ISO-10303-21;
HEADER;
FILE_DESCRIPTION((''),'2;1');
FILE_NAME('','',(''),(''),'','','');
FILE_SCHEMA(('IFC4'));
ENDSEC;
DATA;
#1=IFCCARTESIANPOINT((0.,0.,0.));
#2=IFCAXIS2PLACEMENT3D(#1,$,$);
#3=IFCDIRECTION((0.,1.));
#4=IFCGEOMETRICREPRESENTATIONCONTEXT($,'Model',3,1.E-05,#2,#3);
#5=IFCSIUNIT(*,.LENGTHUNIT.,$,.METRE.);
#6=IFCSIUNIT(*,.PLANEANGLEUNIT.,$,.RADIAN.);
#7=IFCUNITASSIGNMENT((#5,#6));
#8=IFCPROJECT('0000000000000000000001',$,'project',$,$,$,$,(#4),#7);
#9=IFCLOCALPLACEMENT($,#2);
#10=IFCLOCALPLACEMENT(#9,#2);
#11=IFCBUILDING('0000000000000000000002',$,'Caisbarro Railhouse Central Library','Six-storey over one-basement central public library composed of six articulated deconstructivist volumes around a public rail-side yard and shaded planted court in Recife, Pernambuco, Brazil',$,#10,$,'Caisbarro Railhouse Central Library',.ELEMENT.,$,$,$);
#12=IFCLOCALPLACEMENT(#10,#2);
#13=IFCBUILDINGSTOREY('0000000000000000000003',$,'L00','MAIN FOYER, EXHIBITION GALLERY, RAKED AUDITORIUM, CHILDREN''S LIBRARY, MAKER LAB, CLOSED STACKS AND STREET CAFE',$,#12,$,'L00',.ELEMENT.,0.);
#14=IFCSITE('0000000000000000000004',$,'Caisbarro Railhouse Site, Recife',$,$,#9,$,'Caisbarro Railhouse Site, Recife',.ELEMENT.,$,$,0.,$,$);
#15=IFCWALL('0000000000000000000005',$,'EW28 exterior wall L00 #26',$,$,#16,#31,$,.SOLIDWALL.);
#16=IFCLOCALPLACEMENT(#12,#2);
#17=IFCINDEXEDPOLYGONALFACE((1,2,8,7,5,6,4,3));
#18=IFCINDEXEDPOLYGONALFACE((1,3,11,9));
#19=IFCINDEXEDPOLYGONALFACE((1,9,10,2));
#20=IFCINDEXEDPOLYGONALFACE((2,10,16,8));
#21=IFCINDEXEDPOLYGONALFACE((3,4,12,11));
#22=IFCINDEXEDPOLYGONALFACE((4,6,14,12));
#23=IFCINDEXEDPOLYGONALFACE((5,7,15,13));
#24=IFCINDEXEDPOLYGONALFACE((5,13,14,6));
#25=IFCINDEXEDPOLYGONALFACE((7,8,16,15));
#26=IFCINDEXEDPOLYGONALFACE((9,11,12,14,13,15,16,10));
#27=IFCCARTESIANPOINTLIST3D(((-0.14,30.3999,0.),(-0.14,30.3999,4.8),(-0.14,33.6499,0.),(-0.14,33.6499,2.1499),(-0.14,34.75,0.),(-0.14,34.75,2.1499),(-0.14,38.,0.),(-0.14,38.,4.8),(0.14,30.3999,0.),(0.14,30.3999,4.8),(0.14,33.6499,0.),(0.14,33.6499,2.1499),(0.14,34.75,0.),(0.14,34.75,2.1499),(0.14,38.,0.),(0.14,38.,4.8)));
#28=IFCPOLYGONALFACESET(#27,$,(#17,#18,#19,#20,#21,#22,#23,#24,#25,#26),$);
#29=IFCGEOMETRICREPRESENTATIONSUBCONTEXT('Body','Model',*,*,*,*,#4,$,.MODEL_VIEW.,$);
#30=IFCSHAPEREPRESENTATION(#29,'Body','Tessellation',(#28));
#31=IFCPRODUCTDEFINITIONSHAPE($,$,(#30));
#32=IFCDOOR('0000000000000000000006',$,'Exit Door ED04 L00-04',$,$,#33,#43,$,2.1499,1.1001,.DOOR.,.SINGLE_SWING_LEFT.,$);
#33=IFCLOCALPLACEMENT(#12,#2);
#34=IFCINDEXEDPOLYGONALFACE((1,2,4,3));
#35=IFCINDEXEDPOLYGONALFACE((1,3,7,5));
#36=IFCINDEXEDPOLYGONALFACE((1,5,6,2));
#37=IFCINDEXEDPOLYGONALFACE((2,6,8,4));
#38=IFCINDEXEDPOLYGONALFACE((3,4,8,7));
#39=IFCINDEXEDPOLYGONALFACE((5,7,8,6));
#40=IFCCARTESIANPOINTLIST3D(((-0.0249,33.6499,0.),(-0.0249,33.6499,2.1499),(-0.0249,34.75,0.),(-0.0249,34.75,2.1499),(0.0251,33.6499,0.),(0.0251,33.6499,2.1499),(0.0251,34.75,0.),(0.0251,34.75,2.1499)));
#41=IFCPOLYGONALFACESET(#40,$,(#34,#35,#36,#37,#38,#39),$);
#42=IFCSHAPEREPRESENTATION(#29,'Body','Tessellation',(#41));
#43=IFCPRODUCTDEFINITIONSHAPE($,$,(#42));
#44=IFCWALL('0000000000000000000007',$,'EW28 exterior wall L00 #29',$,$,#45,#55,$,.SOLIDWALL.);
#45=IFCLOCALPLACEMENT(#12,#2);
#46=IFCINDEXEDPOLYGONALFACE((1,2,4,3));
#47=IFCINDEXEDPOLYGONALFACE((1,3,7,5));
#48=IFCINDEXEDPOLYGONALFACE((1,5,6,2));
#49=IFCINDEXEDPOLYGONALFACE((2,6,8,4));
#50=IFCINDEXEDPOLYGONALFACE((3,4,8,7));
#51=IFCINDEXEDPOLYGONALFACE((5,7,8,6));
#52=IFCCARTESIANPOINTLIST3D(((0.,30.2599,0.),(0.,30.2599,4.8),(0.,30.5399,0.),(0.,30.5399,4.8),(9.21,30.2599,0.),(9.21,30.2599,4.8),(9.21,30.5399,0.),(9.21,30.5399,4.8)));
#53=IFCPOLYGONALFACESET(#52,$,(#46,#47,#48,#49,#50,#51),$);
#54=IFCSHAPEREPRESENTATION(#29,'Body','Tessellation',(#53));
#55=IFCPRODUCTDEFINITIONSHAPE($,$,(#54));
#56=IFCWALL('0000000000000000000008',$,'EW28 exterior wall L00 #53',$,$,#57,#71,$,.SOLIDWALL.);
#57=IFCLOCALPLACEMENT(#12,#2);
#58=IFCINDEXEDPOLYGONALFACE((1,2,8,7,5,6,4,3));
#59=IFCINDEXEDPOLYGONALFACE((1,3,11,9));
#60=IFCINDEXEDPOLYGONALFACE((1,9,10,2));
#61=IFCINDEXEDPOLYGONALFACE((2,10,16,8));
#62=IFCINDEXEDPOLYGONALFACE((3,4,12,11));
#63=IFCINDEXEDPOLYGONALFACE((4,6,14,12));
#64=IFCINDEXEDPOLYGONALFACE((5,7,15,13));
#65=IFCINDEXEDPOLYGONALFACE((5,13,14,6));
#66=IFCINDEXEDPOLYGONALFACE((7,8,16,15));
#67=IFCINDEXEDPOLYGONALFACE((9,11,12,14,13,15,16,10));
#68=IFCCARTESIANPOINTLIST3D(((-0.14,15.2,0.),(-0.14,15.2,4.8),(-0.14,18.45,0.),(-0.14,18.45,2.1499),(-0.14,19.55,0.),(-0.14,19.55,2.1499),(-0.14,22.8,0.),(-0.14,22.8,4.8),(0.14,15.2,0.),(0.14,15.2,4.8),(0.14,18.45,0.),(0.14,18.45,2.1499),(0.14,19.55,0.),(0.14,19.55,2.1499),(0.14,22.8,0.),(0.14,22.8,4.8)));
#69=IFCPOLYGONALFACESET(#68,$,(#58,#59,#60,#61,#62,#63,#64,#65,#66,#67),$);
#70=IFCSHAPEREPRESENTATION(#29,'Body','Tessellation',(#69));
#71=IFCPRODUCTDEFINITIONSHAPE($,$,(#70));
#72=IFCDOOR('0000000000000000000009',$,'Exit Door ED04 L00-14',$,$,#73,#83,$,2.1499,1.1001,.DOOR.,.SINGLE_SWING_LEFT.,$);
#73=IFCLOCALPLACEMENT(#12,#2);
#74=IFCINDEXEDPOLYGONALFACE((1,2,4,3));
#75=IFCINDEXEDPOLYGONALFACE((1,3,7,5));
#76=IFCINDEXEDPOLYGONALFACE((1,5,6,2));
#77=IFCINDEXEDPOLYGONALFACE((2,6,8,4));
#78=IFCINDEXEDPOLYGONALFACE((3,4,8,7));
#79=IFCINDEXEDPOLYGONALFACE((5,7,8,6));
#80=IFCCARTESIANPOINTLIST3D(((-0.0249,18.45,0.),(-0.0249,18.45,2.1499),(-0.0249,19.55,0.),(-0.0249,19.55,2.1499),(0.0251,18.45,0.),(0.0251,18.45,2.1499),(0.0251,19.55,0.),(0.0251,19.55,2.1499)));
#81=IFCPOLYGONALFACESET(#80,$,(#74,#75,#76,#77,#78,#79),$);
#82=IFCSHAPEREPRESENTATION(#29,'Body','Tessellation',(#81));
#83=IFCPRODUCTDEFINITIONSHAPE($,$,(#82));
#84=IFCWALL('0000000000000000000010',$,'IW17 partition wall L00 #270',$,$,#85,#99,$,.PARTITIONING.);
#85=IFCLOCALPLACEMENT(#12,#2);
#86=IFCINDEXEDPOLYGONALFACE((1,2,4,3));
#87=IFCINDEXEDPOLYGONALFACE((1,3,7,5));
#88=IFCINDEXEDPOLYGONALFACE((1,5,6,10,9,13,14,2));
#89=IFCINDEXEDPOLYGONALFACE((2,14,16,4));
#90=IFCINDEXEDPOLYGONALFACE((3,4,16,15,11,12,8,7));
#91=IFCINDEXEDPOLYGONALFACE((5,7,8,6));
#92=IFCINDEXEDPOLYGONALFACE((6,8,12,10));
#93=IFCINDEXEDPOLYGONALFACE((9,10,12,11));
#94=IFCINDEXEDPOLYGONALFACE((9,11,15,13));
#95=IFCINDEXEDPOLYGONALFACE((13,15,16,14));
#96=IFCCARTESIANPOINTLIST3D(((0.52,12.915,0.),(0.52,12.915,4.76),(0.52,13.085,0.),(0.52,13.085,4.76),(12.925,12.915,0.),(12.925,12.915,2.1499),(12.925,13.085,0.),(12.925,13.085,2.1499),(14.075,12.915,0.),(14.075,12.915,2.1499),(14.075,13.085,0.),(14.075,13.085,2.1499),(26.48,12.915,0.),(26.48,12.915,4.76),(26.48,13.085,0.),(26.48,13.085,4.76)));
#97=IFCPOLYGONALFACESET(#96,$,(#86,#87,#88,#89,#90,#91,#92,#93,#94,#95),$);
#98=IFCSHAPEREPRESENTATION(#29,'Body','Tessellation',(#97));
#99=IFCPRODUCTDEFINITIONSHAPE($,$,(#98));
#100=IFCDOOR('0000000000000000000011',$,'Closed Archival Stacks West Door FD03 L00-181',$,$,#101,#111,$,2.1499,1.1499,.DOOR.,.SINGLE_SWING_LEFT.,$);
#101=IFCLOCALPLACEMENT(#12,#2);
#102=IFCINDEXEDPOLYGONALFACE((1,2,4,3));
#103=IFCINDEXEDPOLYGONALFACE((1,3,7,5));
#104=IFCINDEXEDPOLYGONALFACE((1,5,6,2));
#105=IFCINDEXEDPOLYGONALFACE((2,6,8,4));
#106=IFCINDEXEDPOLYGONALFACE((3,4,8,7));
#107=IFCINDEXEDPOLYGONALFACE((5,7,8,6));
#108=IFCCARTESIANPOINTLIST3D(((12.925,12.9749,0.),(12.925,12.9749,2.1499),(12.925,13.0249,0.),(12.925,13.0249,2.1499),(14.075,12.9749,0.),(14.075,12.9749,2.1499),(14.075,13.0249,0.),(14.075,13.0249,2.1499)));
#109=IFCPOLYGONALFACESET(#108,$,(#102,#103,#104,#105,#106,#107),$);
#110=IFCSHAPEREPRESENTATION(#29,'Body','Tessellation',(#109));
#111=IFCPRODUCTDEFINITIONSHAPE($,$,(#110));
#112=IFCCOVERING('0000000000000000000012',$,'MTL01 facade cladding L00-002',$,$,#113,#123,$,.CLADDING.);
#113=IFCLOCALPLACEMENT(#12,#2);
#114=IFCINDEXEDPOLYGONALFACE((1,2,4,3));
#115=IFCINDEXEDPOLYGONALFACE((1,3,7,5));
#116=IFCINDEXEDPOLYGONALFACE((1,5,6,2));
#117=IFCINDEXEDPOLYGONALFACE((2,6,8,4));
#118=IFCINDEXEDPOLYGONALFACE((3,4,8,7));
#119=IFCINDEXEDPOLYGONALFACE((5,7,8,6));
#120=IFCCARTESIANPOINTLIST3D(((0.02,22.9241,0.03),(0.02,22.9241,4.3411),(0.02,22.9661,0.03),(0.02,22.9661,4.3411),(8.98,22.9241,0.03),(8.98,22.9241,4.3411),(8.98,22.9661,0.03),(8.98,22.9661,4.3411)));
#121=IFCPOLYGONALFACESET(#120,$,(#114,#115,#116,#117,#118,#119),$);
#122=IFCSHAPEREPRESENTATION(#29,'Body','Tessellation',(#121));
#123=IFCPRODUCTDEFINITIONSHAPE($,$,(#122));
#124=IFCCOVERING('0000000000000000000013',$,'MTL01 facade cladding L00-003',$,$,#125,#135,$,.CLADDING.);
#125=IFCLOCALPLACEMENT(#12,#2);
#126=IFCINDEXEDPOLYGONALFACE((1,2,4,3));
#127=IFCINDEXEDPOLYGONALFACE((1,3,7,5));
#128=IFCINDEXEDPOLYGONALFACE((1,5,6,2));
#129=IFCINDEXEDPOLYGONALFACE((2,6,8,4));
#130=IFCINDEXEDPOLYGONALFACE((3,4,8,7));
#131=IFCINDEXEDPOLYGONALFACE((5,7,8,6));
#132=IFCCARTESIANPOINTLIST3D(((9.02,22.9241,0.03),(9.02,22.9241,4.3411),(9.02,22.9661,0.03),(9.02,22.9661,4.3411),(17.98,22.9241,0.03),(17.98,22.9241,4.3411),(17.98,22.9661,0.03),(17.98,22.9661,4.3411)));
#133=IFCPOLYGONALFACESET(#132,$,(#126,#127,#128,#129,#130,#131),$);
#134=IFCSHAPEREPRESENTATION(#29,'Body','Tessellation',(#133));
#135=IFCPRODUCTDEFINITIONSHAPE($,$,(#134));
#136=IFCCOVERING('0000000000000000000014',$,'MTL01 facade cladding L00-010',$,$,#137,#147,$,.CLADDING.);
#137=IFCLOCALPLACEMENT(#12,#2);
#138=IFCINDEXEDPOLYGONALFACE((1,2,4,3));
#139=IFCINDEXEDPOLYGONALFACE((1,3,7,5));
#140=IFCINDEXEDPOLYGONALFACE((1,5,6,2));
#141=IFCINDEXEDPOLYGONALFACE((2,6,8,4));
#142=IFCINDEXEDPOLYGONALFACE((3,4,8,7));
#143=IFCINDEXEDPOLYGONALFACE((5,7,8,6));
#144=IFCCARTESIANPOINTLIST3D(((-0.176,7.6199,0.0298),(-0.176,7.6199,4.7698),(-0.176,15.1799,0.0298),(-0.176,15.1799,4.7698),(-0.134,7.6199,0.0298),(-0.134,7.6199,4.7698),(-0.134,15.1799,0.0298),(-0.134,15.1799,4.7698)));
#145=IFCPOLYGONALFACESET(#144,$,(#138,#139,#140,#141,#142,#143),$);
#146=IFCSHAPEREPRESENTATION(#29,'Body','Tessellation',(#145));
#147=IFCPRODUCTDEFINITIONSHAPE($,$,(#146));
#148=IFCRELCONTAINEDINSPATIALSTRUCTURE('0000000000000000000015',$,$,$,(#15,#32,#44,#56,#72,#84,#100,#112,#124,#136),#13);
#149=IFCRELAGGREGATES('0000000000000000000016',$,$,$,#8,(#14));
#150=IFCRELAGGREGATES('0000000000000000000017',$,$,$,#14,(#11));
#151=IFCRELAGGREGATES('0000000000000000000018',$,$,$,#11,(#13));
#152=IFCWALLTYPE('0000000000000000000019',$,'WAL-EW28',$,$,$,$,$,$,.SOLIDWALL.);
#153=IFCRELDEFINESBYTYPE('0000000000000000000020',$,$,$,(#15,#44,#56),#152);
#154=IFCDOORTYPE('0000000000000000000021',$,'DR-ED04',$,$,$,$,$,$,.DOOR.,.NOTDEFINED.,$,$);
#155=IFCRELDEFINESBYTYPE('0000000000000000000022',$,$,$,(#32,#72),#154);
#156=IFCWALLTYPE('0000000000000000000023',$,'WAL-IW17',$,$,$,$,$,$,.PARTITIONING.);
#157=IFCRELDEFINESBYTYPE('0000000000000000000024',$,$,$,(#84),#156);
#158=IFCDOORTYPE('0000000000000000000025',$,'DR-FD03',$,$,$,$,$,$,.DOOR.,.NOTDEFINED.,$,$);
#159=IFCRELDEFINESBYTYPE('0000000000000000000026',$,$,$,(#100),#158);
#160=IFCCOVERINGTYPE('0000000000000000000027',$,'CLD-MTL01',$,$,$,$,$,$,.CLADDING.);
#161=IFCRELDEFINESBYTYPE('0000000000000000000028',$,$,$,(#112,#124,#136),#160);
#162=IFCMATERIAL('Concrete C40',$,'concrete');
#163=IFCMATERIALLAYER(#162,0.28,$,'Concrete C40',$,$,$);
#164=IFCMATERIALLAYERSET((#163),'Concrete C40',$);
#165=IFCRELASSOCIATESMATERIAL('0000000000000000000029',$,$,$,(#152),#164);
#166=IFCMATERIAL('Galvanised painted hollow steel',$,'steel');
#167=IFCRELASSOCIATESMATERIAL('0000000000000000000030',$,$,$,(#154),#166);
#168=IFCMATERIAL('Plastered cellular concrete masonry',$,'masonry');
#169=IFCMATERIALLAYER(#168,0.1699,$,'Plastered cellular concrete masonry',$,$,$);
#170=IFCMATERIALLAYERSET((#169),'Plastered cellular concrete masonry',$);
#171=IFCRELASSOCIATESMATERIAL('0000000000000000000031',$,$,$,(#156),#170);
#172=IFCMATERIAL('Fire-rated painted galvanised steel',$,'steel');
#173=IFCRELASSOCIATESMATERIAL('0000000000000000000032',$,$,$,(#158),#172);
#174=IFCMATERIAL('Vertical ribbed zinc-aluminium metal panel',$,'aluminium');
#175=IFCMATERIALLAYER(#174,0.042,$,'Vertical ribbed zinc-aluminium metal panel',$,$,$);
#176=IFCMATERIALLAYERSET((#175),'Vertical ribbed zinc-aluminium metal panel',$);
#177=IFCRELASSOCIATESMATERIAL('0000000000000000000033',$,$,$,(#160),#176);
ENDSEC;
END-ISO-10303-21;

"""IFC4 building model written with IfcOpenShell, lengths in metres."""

from ifc_helpers import new_model, si_unit, direction, frame, frame_2d, origin, origin_2d, place, context, subcontext, project, spatial, rectangle, extrude, material, layer, layer_set, type_object, element, fill, save


model = new_model("IFC4")

# Units and contexts
model_context = context("Model", 3, precision=1e-05, world=origin(), true_north=direction((0.0, 1.0)))
body_context = subcontext(model_context, "Body", "Model", "MODEL_VIEW")
ifc_project = project(units=[si_unit("LENGTHUNIT", "METRE"), si_unit("PLANEANGLEUNIT", "RADIAN")], contexts=[model_context])

# Site, building, storey
site_placement = place(None, origin())
site = spatial("IfcSite", under=ifc_project, at=site_placement, Name="Caisbarro Railhouse Site, Recife", LongName="Caisbarro Railhouse Site, Recife", CompositionType="ELEMENT", RefElevation=0.0)
building_placement = place(site_placement, origin())
building = spatial("IfcBuilding", under=site, at=building_placement, Name="Caisbarro Railhouse Central Library", Description="Six-storey over one-basement central public library composed of six articulated deconstructivist volumes around a public rail-side yard and shaded planted court in Recife, Pernambuco, Brazil", LongName="Caisbarro Railhouse Central Library", CompositionType="ELEMENT")
storey_placement = place(building_placement, origin())
storey = spatial("IfcBuildingStorey", under=building, at=storey_placement, Name="L00", Description="MAIN FOYER, EXHIBITION GALLERY, RAKED AUDITORIUM, CHILDREN'S LIBRARY, MAKER LAB, CLOSED STACKS AND STREET CAFE", LongName="L00", CompositionType="ELEMENT", Elevation=0.0)

# Wall, opening, door
ifc_material_1 = material(Name="Concrete C40", Category="concrete")
ifc_layer_1 = layer(ifc_material_1, 0.28, Name="Concrete C40")
ifc_layer_set_1 = layer_set([ifc_layer_1], Name="Concrete C40")
wall_type_1 = type_object("IfcWallType", Name="WAL-EW28", PredefinedType="SOLIDWALL", material=ifc_layer_set_1)
wall_1_placement = place(storey_placement, frame((0.0, 30.3999, 0.0), z_axis=(0.0, 0.0, 1.0), x_axis=(0.0, 1.0, 0.0)))
wall_1 = element("IfcWall", 1, at=wall_1_placement, inside=storey, type_object=wall_type_1, Name="EW28 exterior wall L00 #26", PredefinedType="SOLIDWALL", context=body_context, shape_type="SweptSolid", body=[
    extrude(rectangle(XDim=7.6001, YDim=0.28, at=frame_2d((3.8, 0.0))), origin(), (0.0, 0.0, 1.0), 4.8),
])
opening_1_placement = place(wall_1_placement, frame((3.25, 0.0, 0.0)))
opening_1 = element("IfcOpeningElement", 2, at=opening_1_placement, cuts=wall_1, PredefinedType="OPENING", context=body_context, shape_type="SweptSolid", body=[
    extrude(rectangle(XDim=1.1001, YDim=2.1499, at=frame_2d((0.55, 1.075))), frame((0.0, 0.1499, 0.0), z_axis=(0.0, -1.0, 0.0), x_axis=(1.0, 0.0, 0.0)), (0.0, 0.0, 1.0), 0.3),
])
ifc_material_2 = material(Name="Galvanised painted hollow steel", Category="steel")
door_type_1 = type_object("IfcDoorType", Name="DR-ED04", OperationType="NOTDEFINED", PredefinedType="DOOR", material=ifc_material_2)
door_1_placement = place(opening_1_placement, origin())
door_1 = element("IfcDoor", 3, at=door_1_placement, inside=storey, type_object=door_type_1, Name="Exit Door ED04 L00-04", OperationType="SINGLE_SWING_LEFT", OverallHeight=2.1499, OverallWidth=1.1001, PredefinedType="DOOR", context=body_context, shape_type="SweptSolid", body=[
    extrude(rectangle(XDim=1.1001, YDim=2.1499, at=frame_2d((0.55, 1.075))), frame((0.0, 0.0249, 0.0), z_axis=(0.0, -1.0, 0.0), x_axis=(1.0, 0.0, 0.0)), (0.0, 0.0, 1.0), 0.05),
])
fill(opening_1, door_1)

# Wall
wall_2_placement = place(storey_placement, frame((0.0, 30.3999, 0.0), z_axis=(0.0, 0.0, 1.0), x_axis=(1.0, 0.0, 0.0)))
element("IfcWall", 4, at=wall_2_placement, inside=storey, type_object=wall_type_1, Name="EW28 exterior wall L00 #29", PredefinedType="SOLIDWALL", context=body_context, shape_type="SweptSolid", body=[
    extrude(rectangle(XDim=9.21, YDim=0.28, at=frame_2d((4.605, 0.0))), origin(), (0.0, 0.0, 1.0), 4.8),
])

# Walls, openings, doors
wall_3_placement = place(storey_placement, frame((0.0, 15.2, 0.0), z_axis=(0.0, 0.0, 1.0), x_axis=(0.0, 1.0, 0.0)))
wall_3 = element("IfcWall", 5, at=wall_3_placement, inside=storey, type_object=wall_type_1, Name="EW28 exterior wall L00 #53", PredefinedType="SOLIDWALL", context=body_context, shape_type="SweptSolid", body=[
    extrude(rectangle(XDim=7.6001, YDim=0.28, at=frame_2d((3.8, 0.0))), origin(), (0.0, 0.0, 1.0), 4.8),
])
opening_2_placement = place(wall_3_placement, frame((3.25, 0.0, 0.0)))
opening_2 = element("IfcOpeningElement", 6, at=opening_2_placement, cuts=wall_3, PredefinedType="OPENING", context=body_context, shape_type="SweptSolid", body=[
    extrude(rectangle(XDim=1.1001, YDim=2.1499, at=frame_2d((0.55, 1.075))), frame((0.0, 0.1499, 0.0), z_axis=(0.0, -1.0, 0.0), x_axis=(1.0, 0.0, 0.0)), (0.0, 0.0, 1.0), 0.3),
])
door_2_placement = place(opening_2_placement, origin())
door_2 = element("IfcDoor", 7, at=door_2_placement, inside=storey, type_object=door_type_1, Name="Exit Door ED04 L00-14", OperationType="SINGLE_SWING_LEFT", OverallHeight=2.1499, OverallWidth=1.1001, PredefinedType="DOOR", context=body_context, shape_type="SweptSolid", body=[
    extrude(rectangle(XDim=1.1001, YDim=2.1499, at=frame_2d((0.55, 1.075))), frame((0.0, 0.0249, 0.0), z_axis=(0.0, -1.0, 0.0), x_axis=(1.0, 0.0, 0.0)), (0.0, 0.0, 1.0), 0.05),
])
fill(opening_2, door_2)
ifc_material_3 = material(Name="Plastered cellular concrete masonry", Category="masonry")
ifc_layer_2 = layer(ifc_material_3, 0.1699, Name="Plastered cellular concrete masonry")
ifc_layer_set_2 = layer_set([ifc_layer_2], Name="Plastered cellular concrete masonry")
wall_type_2 = type_object("IfcWallType", Name="WAL-IW17", PredefinedType="PARTITIONING", material=ifc_layer_set_2)
wall_4_placement = place(storey_placement, frame((0.52, 13.0, 0.0), z_axis=(0.0, 0.0, 1.0), x_axis=(1.0, 0.0, 0.0)))
wall_4 = element("IfcWall", 8, at=wall_4_placement, inside=storey, type_object=wall_type_2, Name="IW17 partition wall L00 #270", PredefinedType="PARTITIONING", context=body_context, shape_type="SweptSolid", body=[
    extrude(rectangle(XDim=25.96, YDim=0.1699, at=frame_2d((12.98, 0.0))), origin(), (0.0, 0.0, 1.0), 4.76),
])
opening_3_placement = place(wall_4_placement, frame((12.405, 0.0, 0.0)))
opening_3 = element("IfcOpeningElement", 9, at=opening_3_placement, cuts=wall_4, PredefinedType="OPENING", context=body_context, shape_type="SweptSolid", body=[
    extrude(rectangle(XDim=1.1499, YDim=2.1499, at=frame_2d((0.575, 1.075))), frame((0.0, 0.095, 0.0), z_axis=(0.0, -1.0, 0.0), x_axis=(1.0, 0.0, 0.0)), (0.0, 0.0, 1.0), 0.1899),
])
ifc_material_4 = material(Name="Fire-rated painted galvanised steel", Category="steel")
door_type_2 = type_object("IfcDoorType", Name="DR-FD03", OperationType="NOTDEFINED", PredefinedType="DOOR", material=ifc_material_4)
door_3_placement = place(opening_3_placement, origin())
door_3 = element("IfcDoor", 10, at=door_3_placement, inside=storey, type_object=door_type_2, Name="Closed Archival Stacks West Door FD03 L00-181", OperationType="SINGLE_SWING_LEFT", OverallHeight=2.1499, OverallWidth=1.1499, PredefinedType="DOOR", context=body_context, shape_type="SweptSolid", body=[
    extrude(rectangle(XDim=1.1499, YDim=2.1499, at=frame_2d((0.575, 1.075))), frame((0.0, 0.0249, 0.0), z_axis=(0.0, -1.0, 0.0), x_axis=(1.0, 0.0, 0.0)), (0.0, 0.0, 1.0), 0.05),
])
fill(opening_3, door_3)

# Coverings
ifc_material_5 = material(Name="Vertical ribbed zinc-aluminium metal panel", Category="aluminium")
ifc_layer_3 = layer(ifc_material_5, 0.042, Name="Vertical ribbed zinc-aluminium metal panel")
ifc_layer_set_3 = layer_set([ifc_layer_3], Name="Vertical ribbed zinc-aluminium metal panel")
covering_type = type_object("IfcCoveringType", Name="CLD-MTL01", PredefinedType="CLADDING", material=ifc_layer_set_3)
for number, where, z_axis, x_axis, name in (
    (11, (4.5, 22.9451, 0.03), (0.0, 0.0, 1.0), (1.0, 0.0, 0.0), "MTL01 facade cladding L00-002"),
    (12, (13.5, 22.9451, 0.03), (0.0, 0.0, 1.0), (1.0, 0.0, 0.0), "MTL01 facade cladding L00-003"),
):
    element("IfcCovering", number, at=place(storey_placement, frame(where, z_axis=z_axis, x_axis=x_axis)), inside=storey, type_object=covering_type, Name=name, PredefinedType="CLADDING", context=body_context, shape_type="SweptSolid", body=[
        extrude(rectangle(XDim=8.96, YDim=0.042, at=origin_2d()), origin(), (0.0, 0.0, 1.0), 4.311),
    ])
covering_placement = place(storey_placement, frame((-0.155, 11.3999, 0.0298), z_axis=(0.0, 0.0, 1.0), x_axis=(0.0, 1.0, 0.0)))
element("IfcCovering", 13, at=covering_placement, inside=storey, type_object=covering_type, Name="MTL01 facade cladding L00-010", PredefinedType="CLADDING", context=body_context, shape_type="SweptSolid", body=[
    extrude(rectangle(XDim=7.5601, YDim=0.042, at=origin_2d()), origin(), (0.0, 0.0, 1.0), 4.74),
])

save(model, "model.ifc")
